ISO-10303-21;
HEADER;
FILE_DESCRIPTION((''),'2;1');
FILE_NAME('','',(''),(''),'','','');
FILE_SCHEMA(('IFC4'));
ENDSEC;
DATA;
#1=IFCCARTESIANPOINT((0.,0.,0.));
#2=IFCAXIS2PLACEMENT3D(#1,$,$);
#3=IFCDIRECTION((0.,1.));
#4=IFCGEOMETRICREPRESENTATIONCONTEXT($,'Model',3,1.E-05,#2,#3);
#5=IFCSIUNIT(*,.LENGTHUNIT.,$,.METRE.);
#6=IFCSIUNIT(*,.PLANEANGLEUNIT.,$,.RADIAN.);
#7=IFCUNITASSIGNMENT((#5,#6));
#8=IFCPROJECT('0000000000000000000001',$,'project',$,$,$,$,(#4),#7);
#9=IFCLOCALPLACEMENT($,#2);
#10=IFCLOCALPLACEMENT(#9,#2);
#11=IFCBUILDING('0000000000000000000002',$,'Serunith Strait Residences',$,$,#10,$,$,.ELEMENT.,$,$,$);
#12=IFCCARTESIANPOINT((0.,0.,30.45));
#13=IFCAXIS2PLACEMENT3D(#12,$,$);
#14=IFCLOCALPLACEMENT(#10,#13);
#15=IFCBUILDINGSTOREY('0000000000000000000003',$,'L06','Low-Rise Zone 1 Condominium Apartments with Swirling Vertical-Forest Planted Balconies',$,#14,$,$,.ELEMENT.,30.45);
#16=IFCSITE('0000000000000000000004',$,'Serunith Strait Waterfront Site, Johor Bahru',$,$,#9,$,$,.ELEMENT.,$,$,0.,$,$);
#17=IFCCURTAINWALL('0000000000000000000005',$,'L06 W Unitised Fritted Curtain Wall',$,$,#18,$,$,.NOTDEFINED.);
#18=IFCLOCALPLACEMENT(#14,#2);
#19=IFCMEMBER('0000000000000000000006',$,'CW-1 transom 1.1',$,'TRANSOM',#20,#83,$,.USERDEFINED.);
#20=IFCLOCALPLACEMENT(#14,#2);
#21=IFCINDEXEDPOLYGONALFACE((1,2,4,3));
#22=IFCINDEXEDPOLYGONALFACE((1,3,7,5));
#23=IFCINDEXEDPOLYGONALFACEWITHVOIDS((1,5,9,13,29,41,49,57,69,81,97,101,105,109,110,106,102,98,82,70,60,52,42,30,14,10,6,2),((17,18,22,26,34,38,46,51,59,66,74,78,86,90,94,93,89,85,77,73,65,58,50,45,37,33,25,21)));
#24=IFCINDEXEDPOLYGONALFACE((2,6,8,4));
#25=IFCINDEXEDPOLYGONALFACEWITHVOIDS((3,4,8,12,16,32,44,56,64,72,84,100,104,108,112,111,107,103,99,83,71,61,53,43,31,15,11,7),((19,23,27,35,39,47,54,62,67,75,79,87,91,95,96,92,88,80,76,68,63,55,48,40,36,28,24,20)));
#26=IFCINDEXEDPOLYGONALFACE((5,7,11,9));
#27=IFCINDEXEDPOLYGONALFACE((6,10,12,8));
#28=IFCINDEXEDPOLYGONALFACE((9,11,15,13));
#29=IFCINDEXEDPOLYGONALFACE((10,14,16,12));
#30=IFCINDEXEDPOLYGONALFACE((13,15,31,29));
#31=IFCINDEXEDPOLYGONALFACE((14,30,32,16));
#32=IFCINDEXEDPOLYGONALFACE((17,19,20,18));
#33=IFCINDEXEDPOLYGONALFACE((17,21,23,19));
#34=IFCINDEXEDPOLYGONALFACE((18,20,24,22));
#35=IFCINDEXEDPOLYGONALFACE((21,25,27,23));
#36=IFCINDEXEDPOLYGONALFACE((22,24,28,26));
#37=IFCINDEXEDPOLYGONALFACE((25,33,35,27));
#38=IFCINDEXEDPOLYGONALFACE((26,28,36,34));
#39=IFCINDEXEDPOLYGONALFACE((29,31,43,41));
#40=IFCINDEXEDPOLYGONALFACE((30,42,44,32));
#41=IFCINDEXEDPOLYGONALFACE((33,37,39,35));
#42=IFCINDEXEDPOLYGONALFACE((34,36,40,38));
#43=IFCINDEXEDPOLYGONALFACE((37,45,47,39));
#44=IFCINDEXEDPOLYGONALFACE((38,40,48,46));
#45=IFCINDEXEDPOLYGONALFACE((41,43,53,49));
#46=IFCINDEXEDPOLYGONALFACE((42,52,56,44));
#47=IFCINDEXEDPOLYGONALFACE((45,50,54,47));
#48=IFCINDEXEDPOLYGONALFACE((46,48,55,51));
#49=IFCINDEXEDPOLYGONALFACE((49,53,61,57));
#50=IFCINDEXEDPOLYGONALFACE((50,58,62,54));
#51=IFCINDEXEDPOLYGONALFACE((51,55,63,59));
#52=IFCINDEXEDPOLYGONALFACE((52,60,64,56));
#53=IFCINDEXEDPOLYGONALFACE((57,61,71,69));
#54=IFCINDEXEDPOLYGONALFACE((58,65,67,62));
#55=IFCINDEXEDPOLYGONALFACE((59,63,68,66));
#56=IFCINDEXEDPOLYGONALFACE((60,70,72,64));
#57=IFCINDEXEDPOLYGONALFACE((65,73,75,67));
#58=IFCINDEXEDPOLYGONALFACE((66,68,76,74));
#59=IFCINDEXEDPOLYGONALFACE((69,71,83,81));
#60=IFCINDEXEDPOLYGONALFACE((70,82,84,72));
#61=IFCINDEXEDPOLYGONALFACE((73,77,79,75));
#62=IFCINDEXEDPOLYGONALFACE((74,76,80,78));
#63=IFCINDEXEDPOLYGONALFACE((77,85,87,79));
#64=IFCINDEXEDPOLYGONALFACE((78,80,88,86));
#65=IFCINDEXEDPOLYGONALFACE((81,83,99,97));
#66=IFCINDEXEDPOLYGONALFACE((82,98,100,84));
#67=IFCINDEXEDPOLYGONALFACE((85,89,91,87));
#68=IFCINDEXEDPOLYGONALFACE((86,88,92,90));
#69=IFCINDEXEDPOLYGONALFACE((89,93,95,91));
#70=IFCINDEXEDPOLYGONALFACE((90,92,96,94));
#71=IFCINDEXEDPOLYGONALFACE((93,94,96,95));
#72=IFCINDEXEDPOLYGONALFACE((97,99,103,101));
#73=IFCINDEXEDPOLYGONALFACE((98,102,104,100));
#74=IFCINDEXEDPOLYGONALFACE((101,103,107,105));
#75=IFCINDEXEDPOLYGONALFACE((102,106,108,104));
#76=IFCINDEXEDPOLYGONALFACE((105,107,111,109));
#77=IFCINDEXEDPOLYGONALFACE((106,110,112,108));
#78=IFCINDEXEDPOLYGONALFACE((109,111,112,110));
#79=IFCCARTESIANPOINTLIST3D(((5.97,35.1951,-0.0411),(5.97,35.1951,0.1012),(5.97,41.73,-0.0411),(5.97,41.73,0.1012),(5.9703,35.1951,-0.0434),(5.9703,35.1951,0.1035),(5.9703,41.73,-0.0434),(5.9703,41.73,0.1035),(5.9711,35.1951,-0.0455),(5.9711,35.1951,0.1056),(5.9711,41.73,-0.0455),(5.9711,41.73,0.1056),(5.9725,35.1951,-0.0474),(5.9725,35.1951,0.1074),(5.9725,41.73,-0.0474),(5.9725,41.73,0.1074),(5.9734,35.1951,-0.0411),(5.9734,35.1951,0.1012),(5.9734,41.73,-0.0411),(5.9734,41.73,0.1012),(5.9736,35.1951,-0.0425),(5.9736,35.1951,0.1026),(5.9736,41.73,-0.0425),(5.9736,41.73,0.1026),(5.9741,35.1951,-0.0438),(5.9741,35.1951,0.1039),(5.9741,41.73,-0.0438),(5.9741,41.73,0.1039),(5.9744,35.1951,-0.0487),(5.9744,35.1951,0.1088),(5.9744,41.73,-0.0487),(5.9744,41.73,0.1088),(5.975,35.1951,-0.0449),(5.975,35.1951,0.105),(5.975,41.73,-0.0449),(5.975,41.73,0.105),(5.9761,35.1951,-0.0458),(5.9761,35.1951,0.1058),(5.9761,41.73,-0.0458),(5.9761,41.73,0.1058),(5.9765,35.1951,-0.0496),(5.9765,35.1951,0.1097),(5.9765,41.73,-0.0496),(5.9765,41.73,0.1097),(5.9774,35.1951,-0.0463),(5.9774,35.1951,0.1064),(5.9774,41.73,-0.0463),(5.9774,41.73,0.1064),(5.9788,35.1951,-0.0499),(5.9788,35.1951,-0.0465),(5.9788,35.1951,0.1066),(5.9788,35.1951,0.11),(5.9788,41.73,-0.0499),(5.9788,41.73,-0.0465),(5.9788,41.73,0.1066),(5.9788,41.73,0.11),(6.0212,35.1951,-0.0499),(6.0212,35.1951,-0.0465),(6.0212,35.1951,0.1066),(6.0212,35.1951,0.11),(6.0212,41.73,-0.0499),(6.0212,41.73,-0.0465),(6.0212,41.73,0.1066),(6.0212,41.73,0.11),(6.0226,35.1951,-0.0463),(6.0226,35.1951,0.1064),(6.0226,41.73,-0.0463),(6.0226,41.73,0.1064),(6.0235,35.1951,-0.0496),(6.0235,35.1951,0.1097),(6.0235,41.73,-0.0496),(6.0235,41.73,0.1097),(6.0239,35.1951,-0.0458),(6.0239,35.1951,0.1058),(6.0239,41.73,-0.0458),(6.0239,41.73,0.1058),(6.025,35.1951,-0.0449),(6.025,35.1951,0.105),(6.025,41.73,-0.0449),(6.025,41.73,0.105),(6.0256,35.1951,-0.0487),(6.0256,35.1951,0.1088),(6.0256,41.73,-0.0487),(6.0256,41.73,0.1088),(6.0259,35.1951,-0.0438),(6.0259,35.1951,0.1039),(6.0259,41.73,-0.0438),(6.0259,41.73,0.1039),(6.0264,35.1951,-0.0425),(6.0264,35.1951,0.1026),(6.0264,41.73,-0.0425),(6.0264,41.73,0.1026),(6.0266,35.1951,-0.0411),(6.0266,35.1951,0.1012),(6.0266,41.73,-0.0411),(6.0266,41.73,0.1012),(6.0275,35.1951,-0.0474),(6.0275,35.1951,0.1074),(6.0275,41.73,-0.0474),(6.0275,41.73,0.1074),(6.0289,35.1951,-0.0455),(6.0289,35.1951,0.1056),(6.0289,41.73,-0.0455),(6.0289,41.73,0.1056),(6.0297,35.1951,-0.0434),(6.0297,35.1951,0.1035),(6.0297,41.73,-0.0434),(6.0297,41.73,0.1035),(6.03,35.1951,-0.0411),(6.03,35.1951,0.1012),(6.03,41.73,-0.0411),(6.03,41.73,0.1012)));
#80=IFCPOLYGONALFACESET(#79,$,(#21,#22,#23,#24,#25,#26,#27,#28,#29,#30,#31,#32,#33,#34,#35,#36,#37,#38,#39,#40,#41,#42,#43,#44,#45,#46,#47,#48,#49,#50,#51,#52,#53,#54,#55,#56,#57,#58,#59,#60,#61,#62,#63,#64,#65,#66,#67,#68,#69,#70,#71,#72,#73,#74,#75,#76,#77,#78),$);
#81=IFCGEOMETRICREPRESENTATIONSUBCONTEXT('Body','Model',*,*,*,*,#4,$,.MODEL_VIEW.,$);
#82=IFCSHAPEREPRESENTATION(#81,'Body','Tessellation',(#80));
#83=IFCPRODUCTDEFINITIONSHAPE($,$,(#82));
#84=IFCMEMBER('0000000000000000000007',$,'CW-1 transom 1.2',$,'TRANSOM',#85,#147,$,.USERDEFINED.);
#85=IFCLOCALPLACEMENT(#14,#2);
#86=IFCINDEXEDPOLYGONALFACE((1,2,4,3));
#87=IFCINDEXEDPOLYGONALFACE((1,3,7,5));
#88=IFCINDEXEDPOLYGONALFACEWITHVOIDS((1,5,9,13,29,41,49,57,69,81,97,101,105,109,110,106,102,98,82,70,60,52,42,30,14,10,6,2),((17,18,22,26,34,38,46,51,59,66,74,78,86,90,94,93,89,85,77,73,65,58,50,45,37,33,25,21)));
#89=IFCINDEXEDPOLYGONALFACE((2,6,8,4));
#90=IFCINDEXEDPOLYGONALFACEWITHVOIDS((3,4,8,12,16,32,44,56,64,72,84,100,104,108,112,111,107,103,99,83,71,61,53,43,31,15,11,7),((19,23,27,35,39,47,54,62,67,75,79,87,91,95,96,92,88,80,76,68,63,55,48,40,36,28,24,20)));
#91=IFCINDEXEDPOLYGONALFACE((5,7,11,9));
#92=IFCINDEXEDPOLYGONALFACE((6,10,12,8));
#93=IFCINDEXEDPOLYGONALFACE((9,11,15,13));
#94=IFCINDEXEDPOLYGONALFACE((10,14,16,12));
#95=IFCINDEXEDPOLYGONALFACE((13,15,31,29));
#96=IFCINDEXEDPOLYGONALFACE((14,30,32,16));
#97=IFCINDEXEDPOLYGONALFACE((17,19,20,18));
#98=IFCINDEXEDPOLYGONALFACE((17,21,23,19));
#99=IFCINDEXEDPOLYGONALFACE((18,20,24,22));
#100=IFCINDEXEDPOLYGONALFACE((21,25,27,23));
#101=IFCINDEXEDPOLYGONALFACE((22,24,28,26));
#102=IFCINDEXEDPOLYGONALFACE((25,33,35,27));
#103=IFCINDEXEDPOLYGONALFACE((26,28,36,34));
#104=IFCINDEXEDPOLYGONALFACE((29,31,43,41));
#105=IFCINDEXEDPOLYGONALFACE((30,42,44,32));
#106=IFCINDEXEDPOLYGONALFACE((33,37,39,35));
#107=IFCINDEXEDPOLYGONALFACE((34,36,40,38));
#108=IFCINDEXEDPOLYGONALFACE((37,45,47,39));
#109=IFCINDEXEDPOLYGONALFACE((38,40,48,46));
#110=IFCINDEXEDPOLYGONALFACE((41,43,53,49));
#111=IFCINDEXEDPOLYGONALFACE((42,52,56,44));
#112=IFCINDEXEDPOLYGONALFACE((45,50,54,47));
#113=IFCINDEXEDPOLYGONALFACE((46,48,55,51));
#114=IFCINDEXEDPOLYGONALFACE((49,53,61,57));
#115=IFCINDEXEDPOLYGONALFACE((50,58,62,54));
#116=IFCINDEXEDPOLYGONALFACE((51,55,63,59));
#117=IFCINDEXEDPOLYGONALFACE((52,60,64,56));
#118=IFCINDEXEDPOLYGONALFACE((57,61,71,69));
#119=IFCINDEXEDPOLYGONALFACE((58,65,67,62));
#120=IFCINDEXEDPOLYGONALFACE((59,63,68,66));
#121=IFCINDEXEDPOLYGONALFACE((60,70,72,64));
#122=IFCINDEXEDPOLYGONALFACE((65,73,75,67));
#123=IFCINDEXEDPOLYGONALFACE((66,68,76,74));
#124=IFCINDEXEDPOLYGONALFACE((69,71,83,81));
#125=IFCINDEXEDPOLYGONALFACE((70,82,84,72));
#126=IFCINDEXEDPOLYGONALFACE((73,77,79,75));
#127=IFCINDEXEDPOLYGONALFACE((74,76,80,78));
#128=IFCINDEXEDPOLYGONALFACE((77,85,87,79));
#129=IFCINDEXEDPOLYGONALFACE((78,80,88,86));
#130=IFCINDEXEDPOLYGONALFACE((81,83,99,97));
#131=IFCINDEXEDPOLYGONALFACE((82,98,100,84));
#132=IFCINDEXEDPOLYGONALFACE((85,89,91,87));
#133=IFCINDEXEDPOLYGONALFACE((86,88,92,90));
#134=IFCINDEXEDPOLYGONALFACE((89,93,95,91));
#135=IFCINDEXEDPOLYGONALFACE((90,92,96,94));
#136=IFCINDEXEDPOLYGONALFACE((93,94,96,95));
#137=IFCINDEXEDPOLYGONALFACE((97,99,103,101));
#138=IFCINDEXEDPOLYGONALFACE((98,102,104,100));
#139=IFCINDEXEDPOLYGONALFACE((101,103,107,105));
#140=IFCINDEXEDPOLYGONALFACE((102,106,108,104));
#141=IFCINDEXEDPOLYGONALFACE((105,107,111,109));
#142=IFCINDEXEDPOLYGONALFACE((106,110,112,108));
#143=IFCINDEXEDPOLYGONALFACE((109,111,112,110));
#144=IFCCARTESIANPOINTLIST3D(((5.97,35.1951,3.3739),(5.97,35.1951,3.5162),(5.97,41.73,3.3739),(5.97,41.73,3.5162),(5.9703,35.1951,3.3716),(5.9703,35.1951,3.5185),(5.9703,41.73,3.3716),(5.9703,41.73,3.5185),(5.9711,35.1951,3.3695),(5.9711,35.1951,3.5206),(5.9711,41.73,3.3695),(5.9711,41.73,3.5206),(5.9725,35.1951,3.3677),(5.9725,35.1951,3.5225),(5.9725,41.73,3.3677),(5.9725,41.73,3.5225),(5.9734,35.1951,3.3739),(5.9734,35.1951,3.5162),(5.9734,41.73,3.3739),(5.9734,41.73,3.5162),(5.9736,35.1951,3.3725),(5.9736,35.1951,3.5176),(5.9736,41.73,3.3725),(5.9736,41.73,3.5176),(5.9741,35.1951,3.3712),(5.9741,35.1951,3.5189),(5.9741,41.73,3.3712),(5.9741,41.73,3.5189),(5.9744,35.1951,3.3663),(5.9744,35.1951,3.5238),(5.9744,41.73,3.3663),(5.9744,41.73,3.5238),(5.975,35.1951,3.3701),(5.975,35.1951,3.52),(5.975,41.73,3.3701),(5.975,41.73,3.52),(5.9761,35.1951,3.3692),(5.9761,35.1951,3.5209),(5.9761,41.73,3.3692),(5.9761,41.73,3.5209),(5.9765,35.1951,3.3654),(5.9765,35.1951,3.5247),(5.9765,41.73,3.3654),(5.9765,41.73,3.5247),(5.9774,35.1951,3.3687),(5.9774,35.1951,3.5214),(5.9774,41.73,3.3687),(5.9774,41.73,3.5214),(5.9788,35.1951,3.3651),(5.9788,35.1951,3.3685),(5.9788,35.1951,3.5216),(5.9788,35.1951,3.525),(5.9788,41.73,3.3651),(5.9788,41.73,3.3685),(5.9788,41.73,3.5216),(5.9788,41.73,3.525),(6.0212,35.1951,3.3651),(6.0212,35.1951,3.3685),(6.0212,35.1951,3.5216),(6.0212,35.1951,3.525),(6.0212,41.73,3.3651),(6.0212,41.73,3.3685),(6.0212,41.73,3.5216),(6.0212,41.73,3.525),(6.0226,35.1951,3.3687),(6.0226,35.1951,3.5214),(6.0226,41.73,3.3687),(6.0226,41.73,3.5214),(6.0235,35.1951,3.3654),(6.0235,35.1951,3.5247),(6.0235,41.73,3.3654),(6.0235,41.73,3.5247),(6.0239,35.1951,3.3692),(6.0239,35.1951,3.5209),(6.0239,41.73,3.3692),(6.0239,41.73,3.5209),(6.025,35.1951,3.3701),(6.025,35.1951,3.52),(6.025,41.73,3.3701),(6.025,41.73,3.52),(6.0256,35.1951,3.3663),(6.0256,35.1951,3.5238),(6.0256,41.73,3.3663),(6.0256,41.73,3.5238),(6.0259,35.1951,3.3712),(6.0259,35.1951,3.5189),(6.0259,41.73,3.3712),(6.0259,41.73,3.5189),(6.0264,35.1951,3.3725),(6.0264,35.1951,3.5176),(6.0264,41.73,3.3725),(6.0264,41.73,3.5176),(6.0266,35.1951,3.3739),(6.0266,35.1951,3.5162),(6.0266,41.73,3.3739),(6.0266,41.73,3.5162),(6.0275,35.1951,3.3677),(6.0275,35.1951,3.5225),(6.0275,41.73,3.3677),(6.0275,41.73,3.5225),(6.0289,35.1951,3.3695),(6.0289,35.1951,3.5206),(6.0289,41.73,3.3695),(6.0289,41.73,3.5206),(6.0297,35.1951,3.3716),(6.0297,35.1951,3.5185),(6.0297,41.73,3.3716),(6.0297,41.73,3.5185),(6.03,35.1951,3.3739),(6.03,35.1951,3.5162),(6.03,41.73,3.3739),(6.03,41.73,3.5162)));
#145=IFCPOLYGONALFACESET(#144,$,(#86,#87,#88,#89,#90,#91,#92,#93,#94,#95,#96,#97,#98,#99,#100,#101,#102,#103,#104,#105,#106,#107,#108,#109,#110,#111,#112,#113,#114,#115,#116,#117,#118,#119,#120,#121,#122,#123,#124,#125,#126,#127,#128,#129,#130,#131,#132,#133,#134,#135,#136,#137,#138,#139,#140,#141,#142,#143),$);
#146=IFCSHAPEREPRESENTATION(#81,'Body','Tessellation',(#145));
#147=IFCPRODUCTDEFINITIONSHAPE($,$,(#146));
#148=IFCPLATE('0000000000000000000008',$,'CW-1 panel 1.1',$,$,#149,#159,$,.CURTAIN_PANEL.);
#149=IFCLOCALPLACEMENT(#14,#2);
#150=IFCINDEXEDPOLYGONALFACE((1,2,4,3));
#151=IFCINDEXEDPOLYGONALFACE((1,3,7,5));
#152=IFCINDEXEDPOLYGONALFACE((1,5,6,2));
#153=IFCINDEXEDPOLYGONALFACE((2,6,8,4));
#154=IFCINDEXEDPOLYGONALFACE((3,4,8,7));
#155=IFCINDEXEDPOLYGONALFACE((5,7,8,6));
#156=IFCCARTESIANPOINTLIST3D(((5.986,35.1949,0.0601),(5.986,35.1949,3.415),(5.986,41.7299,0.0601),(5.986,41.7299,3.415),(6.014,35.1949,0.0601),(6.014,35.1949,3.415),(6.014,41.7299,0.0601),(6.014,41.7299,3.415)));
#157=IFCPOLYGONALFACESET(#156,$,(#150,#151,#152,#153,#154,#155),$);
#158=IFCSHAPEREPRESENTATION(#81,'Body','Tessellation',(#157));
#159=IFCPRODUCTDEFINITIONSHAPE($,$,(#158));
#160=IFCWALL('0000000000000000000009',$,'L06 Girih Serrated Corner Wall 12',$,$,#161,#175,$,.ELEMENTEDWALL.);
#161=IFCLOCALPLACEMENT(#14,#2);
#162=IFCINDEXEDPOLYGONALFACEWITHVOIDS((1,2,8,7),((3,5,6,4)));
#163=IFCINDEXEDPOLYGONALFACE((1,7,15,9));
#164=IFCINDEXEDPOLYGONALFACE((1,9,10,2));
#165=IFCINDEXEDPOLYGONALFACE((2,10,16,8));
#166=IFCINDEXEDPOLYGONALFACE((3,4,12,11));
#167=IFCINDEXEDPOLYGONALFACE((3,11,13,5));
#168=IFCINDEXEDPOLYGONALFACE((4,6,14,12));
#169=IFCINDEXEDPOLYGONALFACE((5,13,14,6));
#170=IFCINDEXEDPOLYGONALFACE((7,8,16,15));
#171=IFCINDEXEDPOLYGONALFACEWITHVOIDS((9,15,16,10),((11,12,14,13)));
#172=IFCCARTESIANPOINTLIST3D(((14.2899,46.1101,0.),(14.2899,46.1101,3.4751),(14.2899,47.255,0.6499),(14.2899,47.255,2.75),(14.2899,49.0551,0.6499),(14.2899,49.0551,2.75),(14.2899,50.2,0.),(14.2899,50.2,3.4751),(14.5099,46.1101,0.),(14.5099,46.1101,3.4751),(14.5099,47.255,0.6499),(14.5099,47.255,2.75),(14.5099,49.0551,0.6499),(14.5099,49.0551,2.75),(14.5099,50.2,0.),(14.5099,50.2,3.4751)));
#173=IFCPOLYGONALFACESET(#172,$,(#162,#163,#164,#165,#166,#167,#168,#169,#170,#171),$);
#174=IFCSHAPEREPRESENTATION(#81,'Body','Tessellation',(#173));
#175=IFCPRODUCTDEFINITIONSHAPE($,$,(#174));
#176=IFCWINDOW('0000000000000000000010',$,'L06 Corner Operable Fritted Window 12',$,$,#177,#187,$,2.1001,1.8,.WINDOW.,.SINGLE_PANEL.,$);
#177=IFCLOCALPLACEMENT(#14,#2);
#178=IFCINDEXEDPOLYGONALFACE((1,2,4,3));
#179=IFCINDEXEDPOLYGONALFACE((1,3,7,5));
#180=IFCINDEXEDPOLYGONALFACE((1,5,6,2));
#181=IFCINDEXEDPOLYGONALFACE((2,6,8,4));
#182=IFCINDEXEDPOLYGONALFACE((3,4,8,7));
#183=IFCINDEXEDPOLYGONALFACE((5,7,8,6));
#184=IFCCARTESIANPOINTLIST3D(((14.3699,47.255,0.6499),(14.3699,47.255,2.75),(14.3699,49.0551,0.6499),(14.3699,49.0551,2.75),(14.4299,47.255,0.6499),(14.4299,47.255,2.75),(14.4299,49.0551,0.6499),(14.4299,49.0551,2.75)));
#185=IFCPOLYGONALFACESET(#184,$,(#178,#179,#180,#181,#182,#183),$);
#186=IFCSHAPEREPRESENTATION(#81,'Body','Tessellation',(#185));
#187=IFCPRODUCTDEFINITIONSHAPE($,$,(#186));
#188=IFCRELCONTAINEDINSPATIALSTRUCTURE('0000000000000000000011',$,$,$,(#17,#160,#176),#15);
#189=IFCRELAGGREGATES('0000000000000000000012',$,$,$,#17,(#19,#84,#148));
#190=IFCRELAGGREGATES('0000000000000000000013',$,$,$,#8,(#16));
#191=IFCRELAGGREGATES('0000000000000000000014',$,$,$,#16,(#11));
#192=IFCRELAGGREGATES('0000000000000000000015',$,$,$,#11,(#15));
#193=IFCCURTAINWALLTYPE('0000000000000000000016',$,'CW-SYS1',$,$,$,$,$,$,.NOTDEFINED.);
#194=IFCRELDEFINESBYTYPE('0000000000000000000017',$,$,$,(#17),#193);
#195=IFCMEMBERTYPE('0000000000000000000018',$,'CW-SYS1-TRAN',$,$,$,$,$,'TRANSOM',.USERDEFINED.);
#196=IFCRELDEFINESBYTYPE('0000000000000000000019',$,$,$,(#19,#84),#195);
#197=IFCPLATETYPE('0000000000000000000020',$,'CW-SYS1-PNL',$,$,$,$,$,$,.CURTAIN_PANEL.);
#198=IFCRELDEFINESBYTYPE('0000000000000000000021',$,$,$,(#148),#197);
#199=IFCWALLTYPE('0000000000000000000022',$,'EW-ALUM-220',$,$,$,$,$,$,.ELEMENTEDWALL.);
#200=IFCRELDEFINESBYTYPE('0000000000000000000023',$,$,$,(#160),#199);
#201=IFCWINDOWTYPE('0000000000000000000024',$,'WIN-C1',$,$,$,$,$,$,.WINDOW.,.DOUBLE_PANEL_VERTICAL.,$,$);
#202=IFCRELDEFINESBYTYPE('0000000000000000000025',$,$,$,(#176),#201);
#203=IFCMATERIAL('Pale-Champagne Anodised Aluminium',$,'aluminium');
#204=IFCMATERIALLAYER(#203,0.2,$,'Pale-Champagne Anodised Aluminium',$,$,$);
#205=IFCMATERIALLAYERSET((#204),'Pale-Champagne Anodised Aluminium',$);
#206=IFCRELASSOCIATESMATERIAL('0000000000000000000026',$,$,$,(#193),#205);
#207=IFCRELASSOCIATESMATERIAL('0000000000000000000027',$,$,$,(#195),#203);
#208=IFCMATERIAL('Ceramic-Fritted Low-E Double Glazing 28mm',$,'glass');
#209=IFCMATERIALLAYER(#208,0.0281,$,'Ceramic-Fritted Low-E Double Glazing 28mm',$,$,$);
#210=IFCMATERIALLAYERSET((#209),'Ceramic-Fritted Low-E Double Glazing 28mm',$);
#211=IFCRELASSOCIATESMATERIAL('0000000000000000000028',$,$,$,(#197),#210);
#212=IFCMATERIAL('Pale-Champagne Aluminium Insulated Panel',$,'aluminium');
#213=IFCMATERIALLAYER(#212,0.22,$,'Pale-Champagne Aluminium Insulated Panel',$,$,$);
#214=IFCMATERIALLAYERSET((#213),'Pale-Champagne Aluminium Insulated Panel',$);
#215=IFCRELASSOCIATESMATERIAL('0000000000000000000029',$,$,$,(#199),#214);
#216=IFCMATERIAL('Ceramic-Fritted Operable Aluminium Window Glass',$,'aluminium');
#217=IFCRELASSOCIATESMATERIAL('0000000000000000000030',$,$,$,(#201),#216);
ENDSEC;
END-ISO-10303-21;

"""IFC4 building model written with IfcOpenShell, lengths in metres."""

from ifc_helpers import new_model, si_unit, direction, frame, frame_2d, origin, origin_2d, place, context, subcontext, project, spatial, rectangle, hollow_rectangle, extrude, source, transform, mapped, material, layer, layer_set, material_profile, profile_set, type_object, element, fill, aggregate, save


model = new_model("IFC4")

# Units and contexts
model_context = context("Model", 3, precision=1e-05, world=origin(), true_north=direction((0.0, 1.0)))
body_context = subcontext(model_context, "Body", "Model", "MODEL_VIEW")
ifc_project = project(units=[si_unit("LENGTHUNIT", "METRE"), si_unit("PLANEANGLEUNIT", "RADIAN")], contexts=[model_context])

# Site, building, storey
site_placement = place(None, origin())
site = spatial("IfcSite", under=ifc_project, at=site_placement, Name="Serunith Strait Waterfront Site, Johor Bahru", CompositionType="ELEMENT", RefElevation=0.0)
building_placement = place(site_placement, origin())
building = spatial("IfcBuilding", under=site, at=building_placement, Name="Serunith Strait Residences", CompositionType="ELEMENT")
storey_placement = place(building_placement, frame((0.0, 0.0, 30.45)))
storey = spatial("IfcBuildingStorey", under=building, at=storey_placement, Name="L06", Description="Low-Rise Zone 1 Condominium Apartments with Swirling Vertical-Forest Planted Balconies", CompositionType="ELEMENT", Elevation=30.45)

# Shared definitions
ifc_material_1 = material(Name="Pale-Champagne Anodised Aluminium", Category="aluminium")
ifc_layer_1 = layer(ifc_material_1, 0.2, Name="Pale-Champagne Anodised Aluminium")
ifc_layer_set_1 = layer_set([ifc_layer_1], Name="Pale-Champagne Anodised Aluminium")
curtain_wall_type = type_object("IfcCurtainWallType", Name="CW-SYS1", PredefinedType="NOTDEFINED", material=ifc_layer_set_1)

# Curtain wall, members, plate
curtain_wall_1_placement = place(storey_placement, origin())
curtain_wall_1 = element("IfcCurtainWall", 1, at=curtain_wall_1_placement, inside=storey, type_object=curtain_wall_type, Name="L06 W Unitised Fritted Curtain Wall", PredefinedType="NOTDEFINED")
ifc_material_profile_1 = material_profile(ifc_material_1, hollow_rectangle(XDim=0.0601, YDim=0.1599, WallThickness=0.0034, InnerFilletRadius=0.0054, OuterFilletRadius=0.0088, at=origin_2d()), Name="ALU 160x60x3.5")
ifc_profile_set_1 = profile_set([ifc_material_profile_1], Name="Pale-Champagne Anodised Aluminium")
member_type_1 = type_object("IfcMemberType", Name="CW-SYS1-TRAN", ElementType="TRANSOM", PredefinedType="USERDEFINED", material=ifc_profile_set_1)
shared_shape_1 = source(origin(), body_context, "Body", "SweptSolid", [
    extrude(hollow_rectangle(XDim=0.0601, YDim=0.1599, WallThickness=0.0034, InnerFilletRadius=0.0054, OuterFilletRadius=0.0088, at=origin_2d()), origin(), (0.0, 0.0, 1.0), 6.5349),
])
member_1_placement = place(storey_placement, frame((6.0, 41.73, 0.03), z_axis=(0.0, -1.0, 0.0), x_axis=(1.0, 0.0, 0.0)))
member_1 = element("IfcMember", 2, at=member_1_placement, type_object=member_type_1, Name="CW-1 transom 1.1", ObjectType="TRANSOM", PredefinedType="USERDEFINED", context=body_context, shape_type="MappedRepresentation", body=[
    mapped(shared_shape_1, transform((0.0, 0.0, 0.0), scale=1.0)),
])
member_2_placement = place(storey_placement, frame((6.0, 41.73, 3.4451), z_axis=(0.0, -1.0, 0.0), x_axis=(1.0, 0.0, 0.0)))
member_2 = element("IfcMember", 3, at=member_2_placement, type_object=member_type_1, Name="CW-1 transom 1.2", ObjectType="TRANSOM", PredefinedType="USERDEFINED", context=body_context, shape_type="MappedRepresentation", body=[
    mapped(shared_shape_1, transform((0.0, 0.0, 0.0), scale=1.0)),
])
ifc_material_2 = material(Name="Ceramic-Fritted Low-E Double Glazing 28mm", Category="glass")
ifc_layer_2 = layer(ifc_material_2, 0.0281, Name="Ceramic-Fritted Low-E Double Glazing 28mm")
ifc_layer_set_2 = layer_set([ifc_layer_2], Name="Ceramic-Fritted Low-E Double Glazing 28mm")
plate_type = type_object("IfcPlateType", Name="CW-SYS1-PNL", PredefinedType="CURTAIN_PANEL", material=ifc_layer_set_2)
shared_shape_2 = source(origin(), body_context, "Body", "SweptSolid", [
    extrude(rectangle(XDim=6.5349, YDim=0.0281, at=origin_2d()), origin(), (0.0, 0.0, 1.0), 3.355),
])
plate_placement = place(storey_placement, frame((6.0, 38.4624, 0.0601), z_axis=(0.0, 0.0, 1.0), x_axis=(0.0, -1.0, 0.0)))
plate = element("IfcPlate", 4, at=plate_placement, type_object=plate_type, Name="CW-1 panel 1.1", PredefinedType="CURTAIN_PANEL", context=body_context, shape_type="MappedRepresentation", body=[
    mapped(shared_shape_2, transform((0.0, 0.0, 0.0), scale=1.0)),
])
aggregate(curtain_wall_1, [member_1, member_2, plate])

# Wall, opening, window
ifc_material_3 = material(Name="Pale-Champagne Aluminium Insulated Panel", Category="aluminium")
ifc_layer_3 = layer(ifc_material_3, 0.22, Name="Pale-Champagne Aluminium Insulated Panel")
ifc_layer_set_3 = layer_set([ifc_layer_3], Name="Pale-Champagne Aluminium Insulated Panel")
wall_type_1 = type_object("IfcWallType", Name="EW-ALUM-220", PredefinedType="ELEMENTEDWALL", material=ifc_layer_set_3)
wall_1_placement = place(storey_placement, frame((14.3999, 50.2, 0.0), z_axis=(0.0, 0.0, 1.0), x_axis=(0.0, -1.0, 0.0)))
wall_1 = element("IfcWall", 5, at=wall_1_placement, inside=storey, type_object=wall_type_1, Name="L06 Girih Serrated Corner Wall 12", PredefinedType="ELEMENTEDWALL", context=body_context, shape_type="SweptSolid", body=[
    extrude(rectangle(XDim=4.0898, YDim=0.22, at=frame_2d((2.0449, 0.0))), origin(), (0.0, 0.0, 1.0), 3.4751),
])
opening_1_placement = place(wall_1_placement, frame((1.145, 0.0, 0.6499)))
opening_1 = element("IfcOpeningElement", 6, at=opening_1_placement, cuts=wall_1, PredefinedType="OPENING", context=body_context, shape_type="SweptSolid", body=[
    extrude(rectangle(XDim=1.8, YDim=2.1001, at=frame_2d((0.8999, 1.05))), frame((0.0, 0.1201, 0.0), z_axis=(0.0, -1.0, 0.0), x_axis=(1.0, 0.0, 0.0)), (0.0, 0.0, 1.0), 0.24),
])
ifc_material_4 = material(Name="Ceramic-Fritted Operable Aluminium Window Glass", Category="aluminium")
window_type = type_object("IfcWindowType", Name="WIN-C1", PartitioningType="DOUBLE_PANEL_VERTICAL", PredefinedType="WINDOW", material=ifc_material_4)
shared_shape_3 = source(origin(), body_context, "Body", "SweptSolid", [
    extrude(rectangle(XDim=1.8, YDim=2.1001, at=frame_2d((0.8999, 1.05))), frame((0.0, 0.03, 0.0), z_axis=(0.0, -1.0, 0.0), x_axis=(1.0, 0.0, 0.0)), (0.0, 0.0, 1.0), 0.0601),
])
window_1_placement = place(opening_1_placement, origin())
window_1 = element("IfcWindow", 7, at=window_1_placement, inside=storey, type_object=window_type, Name="L06 Corner Operable Fritted Window 12", OverallHeight=2.1001, OverallWidth=1.8, PartitioningType="SINGLE_PANEL", PredefinedType="WINDOW", context=body_context, shape_type="MappedRepresentation", body=[
    mapped(shared_shape_3, transform((0.0, 0.0, 0.0), scale=1.0)),
])
fill(opening_1, window_1)

save(model, "model.ifc")
